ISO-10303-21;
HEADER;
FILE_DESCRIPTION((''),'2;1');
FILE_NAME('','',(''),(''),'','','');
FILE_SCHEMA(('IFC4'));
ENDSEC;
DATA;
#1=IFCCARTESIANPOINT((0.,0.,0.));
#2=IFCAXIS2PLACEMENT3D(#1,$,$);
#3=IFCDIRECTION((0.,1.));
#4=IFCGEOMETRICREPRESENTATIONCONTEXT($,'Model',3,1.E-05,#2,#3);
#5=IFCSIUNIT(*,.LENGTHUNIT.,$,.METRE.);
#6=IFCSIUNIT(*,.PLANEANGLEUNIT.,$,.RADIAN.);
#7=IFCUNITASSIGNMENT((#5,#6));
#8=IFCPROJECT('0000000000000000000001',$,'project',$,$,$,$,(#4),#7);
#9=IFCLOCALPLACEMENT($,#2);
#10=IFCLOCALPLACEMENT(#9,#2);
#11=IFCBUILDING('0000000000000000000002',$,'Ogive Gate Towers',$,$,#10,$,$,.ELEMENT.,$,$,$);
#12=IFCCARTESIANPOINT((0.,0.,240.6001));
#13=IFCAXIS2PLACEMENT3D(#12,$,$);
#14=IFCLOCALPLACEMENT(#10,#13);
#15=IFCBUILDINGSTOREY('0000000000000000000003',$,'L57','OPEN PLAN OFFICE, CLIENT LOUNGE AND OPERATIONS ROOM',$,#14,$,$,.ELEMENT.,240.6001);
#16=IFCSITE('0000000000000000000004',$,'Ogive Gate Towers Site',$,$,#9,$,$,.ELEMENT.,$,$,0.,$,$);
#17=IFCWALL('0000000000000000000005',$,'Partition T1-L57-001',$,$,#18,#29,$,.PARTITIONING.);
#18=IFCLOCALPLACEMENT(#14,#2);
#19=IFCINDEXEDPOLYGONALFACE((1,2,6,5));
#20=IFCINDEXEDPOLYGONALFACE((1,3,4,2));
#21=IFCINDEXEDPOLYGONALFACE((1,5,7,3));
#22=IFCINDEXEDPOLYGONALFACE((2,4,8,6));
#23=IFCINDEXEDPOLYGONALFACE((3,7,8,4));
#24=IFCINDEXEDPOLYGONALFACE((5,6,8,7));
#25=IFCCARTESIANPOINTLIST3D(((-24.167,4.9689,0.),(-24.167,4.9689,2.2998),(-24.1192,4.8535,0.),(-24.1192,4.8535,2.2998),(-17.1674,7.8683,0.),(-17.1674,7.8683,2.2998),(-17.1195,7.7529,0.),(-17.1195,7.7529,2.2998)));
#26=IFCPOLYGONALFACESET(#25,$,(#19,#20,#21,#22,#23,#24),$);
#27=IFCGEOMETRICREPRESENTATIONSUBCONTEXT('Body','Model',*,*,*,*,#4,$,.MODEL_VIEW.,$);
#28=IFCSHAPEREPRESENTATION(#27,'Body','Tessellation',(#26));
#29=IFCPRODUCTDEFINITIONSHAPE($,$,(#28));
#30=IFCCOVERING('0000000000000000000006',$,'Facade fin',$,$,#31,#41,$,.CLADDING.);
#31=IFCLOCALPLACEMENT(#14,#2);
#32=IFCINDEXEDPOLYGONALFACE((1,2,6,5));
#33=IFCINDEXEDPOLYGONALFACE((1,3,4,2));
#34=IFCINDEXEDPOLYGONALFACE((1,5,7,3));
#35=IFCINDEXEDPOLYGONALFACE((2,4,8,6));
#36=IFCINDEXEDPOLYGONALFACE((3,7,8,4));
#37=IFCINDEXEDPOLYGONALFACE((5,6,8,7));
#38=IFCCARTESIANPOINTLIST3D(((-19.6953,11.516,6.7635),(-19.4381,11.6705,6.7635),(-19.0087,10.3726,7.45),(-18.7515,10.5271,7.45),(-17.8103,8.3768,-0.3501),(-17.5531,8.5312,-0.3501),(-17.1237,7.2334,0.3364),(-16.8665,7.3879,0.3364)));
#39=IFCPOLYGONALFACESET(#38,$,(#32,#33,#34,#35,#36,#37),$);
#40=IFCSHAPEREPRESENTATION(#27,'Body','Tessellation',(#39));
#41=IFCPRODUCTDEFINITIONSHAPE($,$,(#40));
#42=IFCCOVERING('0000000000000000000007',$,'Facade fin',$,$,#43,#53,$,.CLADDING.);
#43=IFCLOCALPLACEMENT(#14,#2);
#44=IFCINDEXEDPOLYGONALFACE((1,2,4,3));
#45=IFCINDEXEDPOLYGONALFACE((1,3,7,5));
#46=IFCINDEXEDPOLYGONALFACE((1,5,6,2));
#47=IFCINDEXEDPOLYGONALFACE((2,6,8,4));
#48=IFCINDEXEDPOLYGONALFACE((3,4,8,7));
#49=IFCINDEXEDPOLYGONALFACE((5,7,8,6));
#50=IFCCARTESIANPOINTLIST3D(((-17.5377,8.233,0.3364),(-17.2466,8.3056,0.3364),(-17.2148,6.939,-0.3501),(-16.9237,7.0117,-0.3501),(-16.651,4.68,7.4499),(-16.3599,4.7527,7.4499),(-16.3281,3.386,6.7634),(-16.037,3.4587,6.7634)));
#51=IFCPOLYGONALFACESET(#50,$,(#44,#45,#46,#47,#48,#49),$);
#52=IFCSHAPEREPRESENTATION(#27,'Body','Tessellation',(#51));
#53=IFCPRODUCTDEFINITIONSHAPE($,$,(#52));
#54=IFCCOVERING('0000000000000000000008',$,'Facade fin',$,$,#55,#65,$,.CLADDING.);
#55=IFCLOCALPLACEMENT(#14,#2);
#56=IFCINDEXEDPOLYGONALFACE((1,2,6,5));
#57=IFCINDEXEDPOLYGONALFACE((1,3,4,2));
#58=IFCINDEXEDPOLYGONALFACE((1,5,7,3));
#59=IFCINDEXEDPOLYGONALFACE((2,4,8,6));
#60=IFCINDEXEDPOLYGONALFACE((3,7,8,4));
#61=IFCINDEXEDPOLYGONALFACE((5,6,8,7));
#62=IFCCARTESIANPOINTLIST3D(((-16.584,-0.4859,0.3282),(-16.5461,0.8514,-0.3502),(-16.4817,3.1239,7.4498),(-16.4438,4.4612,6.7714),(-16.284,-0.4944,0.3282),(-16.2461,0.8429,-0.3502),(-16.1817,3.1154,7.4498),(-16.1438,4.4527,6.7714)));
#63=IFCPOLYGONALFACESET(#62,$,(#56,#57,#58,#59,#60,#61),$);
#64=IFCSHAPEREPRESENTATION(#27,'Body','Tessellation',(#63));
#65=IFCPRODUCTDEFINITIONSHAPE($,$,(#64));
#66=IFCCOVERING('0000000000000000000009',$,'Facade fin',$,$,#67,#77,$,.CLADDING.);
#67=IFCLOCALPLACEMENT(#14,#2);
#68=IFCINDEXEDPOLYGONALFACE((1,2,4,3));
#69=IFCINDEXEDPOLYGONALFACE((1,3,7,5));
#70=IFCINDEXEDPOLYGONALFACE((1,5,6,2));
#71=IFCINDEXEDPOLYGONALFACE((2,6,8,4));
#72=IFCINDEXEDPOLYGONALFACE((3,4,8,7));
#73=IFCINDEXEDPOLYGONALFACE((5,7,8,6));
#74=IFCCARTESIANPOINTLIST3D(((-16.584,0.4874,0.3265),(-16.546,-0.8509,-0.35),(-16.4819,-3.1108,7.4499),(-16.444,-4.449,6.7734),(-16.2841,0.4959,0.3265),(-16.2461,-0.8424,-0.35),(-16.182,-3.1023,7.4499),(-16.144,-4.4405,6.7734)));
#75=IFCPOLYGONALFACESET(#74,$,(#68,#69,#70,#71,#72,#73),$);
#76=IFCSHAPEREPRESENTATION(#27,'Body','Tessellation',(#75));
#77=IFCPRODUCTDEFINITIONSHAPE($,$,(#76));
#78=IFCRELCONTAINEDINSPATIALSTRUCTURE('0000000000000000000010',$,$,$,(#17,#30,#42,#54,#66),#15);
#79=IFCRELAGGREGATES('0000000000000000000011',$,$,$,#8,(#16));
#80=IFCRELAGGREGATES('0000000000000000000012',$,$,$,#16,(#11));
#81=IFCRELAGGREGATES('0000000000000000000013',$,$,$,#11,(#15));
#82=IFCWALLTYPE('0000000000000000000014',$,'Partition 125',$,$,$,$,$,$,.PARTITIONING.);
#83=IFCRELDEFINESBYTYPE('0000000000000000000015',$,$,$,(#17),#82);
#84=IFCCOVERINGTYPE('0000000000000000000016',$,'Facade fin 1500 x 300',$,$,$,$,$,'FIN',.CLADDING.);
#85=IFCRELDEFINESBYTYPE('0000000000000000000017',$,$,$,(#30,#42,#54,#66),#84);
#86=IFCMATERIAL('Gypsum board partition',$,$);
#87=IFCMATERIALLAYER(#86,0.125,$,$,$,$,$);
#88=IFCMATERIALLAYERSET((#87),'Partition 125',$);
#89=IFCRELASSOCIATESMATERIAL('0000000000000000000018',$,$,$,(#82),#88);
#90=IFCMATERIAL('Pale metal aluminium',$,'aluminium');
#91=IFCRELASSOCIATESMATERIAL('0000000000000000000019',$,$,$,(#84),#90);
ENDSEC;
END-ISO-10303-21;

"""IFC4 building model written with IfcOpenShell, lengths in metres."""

from ifc_helpers import new_model, si_unit, direction, frame, frame_2d, origin, origin_2d, place, context, subcontext, project, spatial, rectangle, extrude, material, layer, layer_set, material_profile, profile_set, type_object, element, save


model = new_model("IFC4")

# Units and contexts
model_context = context("Model", 3, precision=1e-05, world=origin(), true_north=direction((0.0, 1.0)))
body_context = subcontext(model_context, "Body", "Model", "MODEL_VIEW")
ifc_project = project(units=[si_unit("LENGTHUNIT", "METRE"), si_unit("PLANEANGLEUNIT", "RADIAN")], contexts=[model_context])

# Site, building, storey
site_placement = place(None, origin())
site = spatial("IfcSite", under=ifc_project, at=site_placement, Name="Ogive Gate Towers Site", CompositionType="ELEMENT", RefElevation=0.0)
building_placement = place(site_placement, origin())
building = spatial("IfcBuilding", under=site, at=building_placement, Name="Ogive Gate Towers", CompositionType="ELEMENT")
storey_placement = place(building_placement, frame((0.0, 0.0, 240.6001)))
storey = spatial("IfcBuildingStorey", under=building, at=storey_placement, Name="L57", Description="OPEN PLAN OFFICE, CLIENT LOUNGE AND OPERATIONS ROOM", CompositionType="ELEMENT", Elevation=240.6001)

# Shared definitions
ifc_material_1 = material(Name="Pale metal aluminium", Category="aluminium")

# Wall
ifc_material_2 = material(Name="Gypsum board partition")
ifc_layer_1 = layer(ifc_material_2, 0.125)
ifc_layer_set_1 = layer_set([ifc_layer_1], Name="Partition 125")
wall_type = type_object("IfcWallType", Name="Partition 125", PredefinedType="PARTITIONING", material=ifc_layer_set_1)
wall_placement = place(storey_placement, frame((-17.1436, 7.8105, 0.0), z_axis=(0.0, 0.0, 1.0), x_axis=(-0.923879, -0.382686, 0.0)))
element("IfcWall", 1, at=wall_placement, inside=storey, type_object=wall_type, Name="Partition T1-L57-001", PredefinedType="PARTITIONING", context=body_context, shape_type="SweptSolid", body=[
    extrude(rectangle(XDim=7.5764, YDim=0.125, at=frame_2d((3.7881, 0.0))), origin(), (0.0, 0.0, 1.0), 2.2998),
])

# Coverings
ifc_material_profile_1 = material_profile(ifc_material_1, rectangle(XDim=0.3, YDim=1.5, at=origin_2d()), Name="1500 x 300 pale metal aluminium")
ifc_profile_set_1 = profile_set([ifc_material_profile_1], Name="Pale metal aluminium")
covering_type = type_object("IfcCoveringType", Name="Facade fin 1500 x 300", ElementType="FIN", PredefinedType="CLADDING", material=ifc_profile_set_1)
for number, where, z_axis, x_axis, name in (
    (2, (-17.3384, 7.8823, -0.0068), (-0.235608, 0.392365, 0.889122), (-0.85731, -0.5148, 0.0), "Facade fin"),
    (3, (-17.2307, 7.6223, -0.0068), (0.110829, -0.44408, 0.889106), (0.97024, 0.242143, 0.0), "Facade fin"),
):
    element("IfcCovering", number, at=place(storey_placement, frame(where, z_axis=z_axis, x_axis=x_axis)), inside=storey, type_object=covering_type, Name=name, PredefinedType="CLADDING", context=body_context, shape_type="SweptSolid", body=[
        extrude(rectangle(XDim=0.3, YDim=1.5, at=origin_2d()), origin(), (0.0, 0.0, 1.0), 8.0007),
    ])
covering_1_placement = place(storey_placement, frame((-16.415, 0.1785, -0.011), z_axis=(0.012811, 0.452087, 0.891882), x_axis=(-0.999599, 0.028326, 0.0)))
element("IfcCovering", 4, at=covering_1_placement, inside=storey, type_object=covering_type, Name="Facade fin", PredefinedType="CLADDING", context=body_context, shape_type="SweptSolid", body=[
    extrude(rectangle(XDim=0.3, YDim=1.5, at=origin_2d()), origin(), (0.0, 0.0, 1.0), 7.9849),
])
covering_2_placement = place(storey_placement, frame((-16.415, -0.1775, -0.0117), z_axis=(0.012787, -0.450832, 0.892517), x_axis=(0.999598, 0.028351, 0.0)))
element("IfcCovering", 5, at=covering_2_placement, inside=storey, type_object=covering_type, Name="Facade fin", PredefinedType="CLADDING", context=body_context, shape_type="SweptSolid", body=[
    extrude(rectangle(XDim=0.3, YDim=1.5, at=origin_2d()), origin(), (0.0, 0.0, 1.0), 7.9812),
])

save(model, "model.ifc")
